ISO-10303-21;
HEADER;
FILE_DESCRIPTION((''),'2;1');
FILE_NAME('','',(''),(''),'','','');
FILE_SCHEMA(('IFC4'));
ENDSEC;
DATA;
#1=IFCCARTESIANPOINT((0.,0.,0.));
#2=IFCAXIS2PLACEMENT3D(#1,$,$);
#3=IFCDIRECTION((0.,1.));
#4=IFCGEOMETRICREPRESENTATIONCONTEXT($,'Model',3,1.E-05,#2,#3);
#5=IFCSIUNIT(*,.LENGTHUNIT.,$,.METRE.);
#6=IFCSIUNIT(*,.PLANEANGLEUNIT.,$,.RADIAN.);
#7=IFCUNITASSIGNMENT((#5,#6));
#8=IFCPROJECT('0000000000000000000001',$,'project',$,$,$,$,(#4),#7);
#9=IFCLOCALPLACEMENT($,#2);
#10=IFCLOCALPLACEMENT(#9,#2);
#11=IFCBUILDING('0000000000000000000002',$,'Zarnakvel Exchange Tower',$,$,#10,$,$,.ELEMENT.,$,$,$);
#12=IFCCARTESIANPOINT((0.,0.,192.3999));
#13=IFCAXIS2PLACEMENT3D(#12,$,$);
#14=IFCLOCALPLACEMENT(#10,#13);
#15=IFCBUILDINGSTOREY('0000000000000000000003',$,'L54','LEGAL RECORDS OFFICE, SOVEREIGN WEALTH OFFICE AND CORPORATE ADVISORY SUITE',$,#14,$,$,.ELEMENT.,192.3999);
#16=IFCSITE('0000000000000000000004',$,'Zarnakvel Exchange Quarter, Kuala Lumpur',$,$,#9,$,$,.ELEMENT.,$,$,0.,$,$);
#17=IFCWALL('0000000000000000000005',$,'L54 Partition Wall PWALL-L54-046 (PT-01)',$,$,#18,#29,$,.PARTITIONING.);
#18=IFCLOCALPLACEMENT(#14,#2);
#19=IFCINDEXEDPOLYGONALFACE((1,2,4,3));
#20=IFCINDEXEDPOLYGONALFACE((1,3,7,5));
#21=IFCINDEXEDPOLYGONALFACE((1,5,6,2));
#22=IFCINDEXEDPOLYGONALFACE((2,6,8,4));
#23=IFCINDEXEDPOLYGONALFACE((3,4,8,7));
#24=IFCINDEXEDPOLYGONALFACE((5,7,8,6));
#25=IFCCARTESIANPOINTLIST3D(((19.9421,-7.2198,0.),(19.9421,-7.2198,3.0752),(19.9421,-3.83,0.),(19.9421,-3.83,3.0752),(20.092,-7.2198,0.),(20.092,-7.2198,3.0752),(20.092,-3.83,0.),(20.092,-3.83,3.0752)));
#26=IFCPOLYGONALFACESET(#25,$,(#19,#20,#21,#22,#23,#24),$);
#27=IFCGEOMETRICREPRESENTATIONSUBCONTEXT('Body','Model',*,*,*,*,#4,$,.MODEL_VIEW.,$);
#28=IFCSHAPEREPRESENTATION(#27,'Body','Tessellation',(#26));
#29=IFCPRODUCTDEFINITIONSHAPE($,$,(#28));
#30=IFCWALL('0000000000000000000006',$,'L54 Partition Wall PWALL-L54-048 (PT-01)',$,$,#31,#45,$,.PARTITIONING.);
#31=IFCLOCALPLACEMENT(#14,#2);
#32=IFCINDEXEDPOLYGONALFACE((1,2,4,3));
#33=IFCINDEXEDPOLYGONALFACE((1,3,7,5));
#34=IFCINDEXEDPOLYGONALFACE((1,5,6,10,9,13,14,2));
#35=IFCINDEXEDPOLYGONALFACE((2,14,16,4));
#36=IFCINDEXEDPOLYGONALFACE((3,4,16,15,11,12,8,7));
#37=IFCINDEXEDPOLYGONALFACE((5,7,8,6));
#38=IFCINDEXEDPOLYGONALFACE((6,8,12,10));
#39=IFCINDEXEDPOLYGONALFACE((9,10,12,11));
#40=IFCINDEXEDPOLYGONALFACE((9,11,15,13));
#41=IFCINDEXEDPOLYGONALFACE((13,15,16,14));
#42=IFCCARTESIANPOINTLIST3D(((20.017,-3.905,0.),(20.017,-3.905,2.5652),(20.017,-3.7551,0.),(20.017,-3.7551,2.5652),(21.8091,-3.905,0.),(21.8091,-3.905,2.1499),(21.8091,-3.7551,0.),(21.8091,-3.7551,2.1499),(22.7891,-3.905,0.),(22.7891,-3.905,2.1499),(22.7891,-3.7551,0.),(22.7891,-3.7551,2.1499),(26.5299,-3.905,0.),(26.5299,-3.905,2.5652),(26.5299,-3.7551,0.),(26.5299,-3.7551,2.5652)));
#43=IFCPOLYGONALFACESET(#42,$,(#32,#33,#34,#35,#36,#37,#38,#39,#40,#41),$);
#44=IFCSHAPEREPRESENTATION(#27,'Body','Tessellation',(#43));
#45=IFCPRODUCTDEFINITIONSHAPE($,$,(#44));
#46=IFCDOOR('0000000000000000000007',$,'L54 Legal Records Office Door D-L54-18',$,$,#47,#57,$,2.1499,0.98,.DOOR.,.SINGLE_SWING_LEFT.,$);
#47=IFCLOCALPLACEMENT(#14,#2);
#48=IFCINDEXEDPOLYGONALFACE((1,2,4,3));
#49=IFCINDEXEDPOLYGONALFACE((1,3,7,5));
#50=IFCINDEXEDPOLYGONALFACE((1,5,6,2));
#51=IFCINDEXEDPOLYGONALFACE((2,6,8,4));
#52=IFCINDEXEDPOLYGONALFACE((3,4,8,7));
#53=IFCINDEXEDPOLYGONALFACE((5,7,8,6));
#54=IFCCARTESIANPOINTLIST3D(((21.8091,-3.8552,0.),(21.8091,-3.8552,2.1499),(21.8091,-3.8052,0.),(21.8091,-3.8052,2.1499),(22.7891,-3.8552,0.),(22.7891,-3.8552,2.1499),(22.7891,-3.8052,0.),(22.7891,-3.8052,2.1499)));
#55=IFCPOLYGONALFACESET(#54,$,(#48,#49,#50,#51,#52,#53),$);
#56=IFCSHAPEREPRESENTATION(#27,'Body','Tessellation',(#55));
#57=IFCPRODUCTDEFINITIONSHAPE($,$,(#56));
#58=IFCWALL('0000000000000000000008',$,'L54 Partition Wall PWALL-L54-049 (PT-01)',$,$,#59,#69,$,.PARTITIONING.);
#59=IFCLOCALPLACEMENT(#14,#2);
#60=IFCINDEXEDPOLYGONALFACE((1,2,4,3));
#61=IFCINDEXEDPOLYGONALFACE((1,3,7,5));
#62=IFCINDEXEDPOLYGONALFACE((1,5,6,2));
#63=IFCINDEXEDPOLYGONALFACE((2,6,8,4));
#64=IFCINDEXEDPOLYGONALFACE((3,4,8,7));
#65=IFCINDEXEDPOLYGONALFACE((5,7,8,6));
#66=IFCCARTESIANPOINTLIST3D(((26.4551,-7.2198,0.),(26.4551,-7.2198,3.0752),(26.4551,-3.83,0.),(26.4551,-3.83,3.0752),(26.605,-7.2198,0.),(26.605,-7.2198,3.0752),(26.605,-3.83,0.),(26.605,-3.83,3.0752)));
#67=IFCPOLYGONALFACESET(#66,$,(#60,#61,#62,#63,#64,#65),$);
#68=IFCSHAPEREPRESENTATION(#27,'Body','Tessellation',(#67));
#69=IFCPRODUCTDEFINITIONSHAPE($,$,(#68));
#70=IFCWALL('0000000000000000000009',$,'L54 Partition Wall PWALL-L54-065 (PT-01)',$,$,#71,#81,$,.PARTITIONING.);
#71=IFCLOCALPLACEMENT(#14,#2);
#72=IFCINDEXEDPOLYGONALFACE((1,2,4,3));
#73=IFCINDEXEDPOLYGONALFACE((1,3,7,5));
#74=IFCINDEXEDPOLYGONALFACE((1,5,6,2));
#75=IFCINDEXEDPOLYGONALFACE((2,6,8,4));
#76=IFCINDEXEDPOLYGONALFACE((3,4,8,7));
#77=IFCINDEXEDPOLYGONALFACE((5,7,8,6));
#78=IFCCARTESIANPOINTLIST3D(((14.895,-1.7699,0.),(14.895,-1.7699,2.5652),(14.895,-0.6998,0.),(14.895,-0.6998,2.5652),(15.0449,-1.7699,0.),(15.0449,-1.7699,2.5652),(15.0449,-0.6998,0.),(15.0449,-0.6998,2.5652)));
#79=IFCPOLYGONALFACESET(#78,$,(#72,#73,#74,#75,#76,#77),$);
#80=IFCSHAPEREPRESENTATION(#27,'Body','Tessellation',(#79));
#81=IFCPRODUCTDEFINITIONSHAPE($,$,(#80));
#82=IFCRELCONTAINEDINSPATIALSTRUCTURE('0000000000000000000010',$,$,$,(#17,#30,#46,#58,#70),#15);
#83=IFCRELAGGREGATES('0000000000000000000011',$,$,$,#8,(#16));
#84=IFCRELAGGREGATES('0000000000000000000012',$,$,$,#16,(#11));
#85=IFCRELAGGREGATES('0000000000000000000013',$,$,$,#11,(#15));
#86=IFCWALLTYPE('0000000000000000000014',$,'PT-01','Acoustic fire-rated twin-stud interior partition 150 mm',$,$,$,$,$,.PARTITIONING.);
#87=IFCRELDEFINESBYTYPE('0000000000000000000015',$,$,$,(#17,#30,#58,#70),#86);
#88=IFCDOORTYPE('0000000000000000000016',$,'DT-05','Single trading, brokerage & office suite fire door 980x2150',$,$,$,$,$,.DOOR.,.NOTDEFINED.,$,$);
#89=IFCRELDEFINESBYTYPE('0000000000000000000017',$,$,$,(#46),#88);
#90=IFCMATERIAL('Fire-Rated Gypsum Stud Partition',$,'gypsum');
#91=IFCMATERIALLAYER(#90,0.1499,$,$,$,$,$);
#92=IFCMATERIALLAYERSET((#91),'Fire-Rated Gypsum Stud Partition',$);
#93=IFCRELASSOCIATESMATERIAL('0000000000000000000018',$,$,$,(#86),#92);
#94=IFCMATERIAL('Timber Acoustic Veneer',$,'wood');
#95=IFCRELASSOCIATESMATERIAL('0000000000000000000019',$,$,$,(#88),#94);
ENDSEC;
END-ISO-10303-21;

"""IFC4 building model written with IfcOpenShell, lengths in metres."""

from ifc_helpers import new_model, si_unit, direction, frame, frame_2d, origin, place, context, subcontext, project, spatial, rectangle, extrude, source, transform, mapped, material, layer, layer_set, type_object, element, fill, save


model = new_model("IFC4")

# Units and contexts
model_context = context("Model", 3, precision=1e-05, world=origin(), true_north=direction((0.0, 1.0)))
body_context = subcontext(model_context, "Body", "Model", "MODEL_VIEW")
ifc_project = project(units=[si_unit("LENGTHUNIT", "METRE"), si_unit("PLANEANGLEUNIT", "RADIAN")], contexts=[model_context])

# Site, building, storey
site_placement = place(None, origin())
site = spatial("IfcSite", under=ifc_project, at=site_placement, Name="Zarnakvel Exchange Quarter, Kuala Lumpur", CompositionType="ELEMENT", RefElevation=0.0)
building_placement = place(site_placement, origin())
building = spatial("IfcBuilding", under=site, at=building_placement, Name="Zarnakvel Exchange Tower", CompositionType="ELEMENT")
storey_placement = place(building_placement, frame((0.0, 0.0, 192.3999)))
storey = spatial("IfcBuildingStorey", under=building, at=storey_placement, Name="L54", Description="LEGAL RECORDS OFFICE, SOVEREIGN WEALTH OFFICE AND CORPORATE ADVISORY SUITE", CompositionType="ELEMENT", Elevation=192.3999)

# Shared definitions
ifc_material_1 = material(Name="Fire-Rated Gypsum Stud Partition", Category="gypsum")
ifc_layer_1 = layer(ifc_material_1, 0.1499)
ifc_layer_set_1 = layer_set([ifc_layer_1], Name="Fire-Rated Gypsum Stud Partition")
wall_type_1 = type_object("IfcWallType", Name="PT-01", Description="Acoustic fire-rated twin-stud interior partition 150 mm", PredefinedType="PARTITIONING", material=ifc_layer_set_1)

# Shared definitions
ifc_material_2 = material(Name="Timber Acoustic Veneer", Category="wood")
door_type_1 = type_object("IfcDoorType", Name="DT-05", Description="Single trading, brokerage & office suite fire door 980x2150", OperationType="NOTDEFINED", PredefinedType="DOOR", material=ifc_material_2)
shared_shape_1 = source(origin(), body_context, "Body", "SweptSolid", [
    extrude(rectangle(XDim=0.98, YDim=2.1499, at=frame_2d((0.49, 1.075))), frame((0.0, 0.0249, 0.0), z_axis=(0.0, -1.0, 0.0), x_axis=(1.0, 0.0, 0.0)), (0.0, 0.0, 1.0), 0.05),
])

# Wall
wall_1_placement = place(storey_placement, frame((20.0171, -3.8301, 0.0), z_axis=(0.0, 0.0, 1.0), x_axis=(0.0, -1.0, 0.0)))
element("IfcWall", 1, at=wall_1_placement, inside=storey, type_object=wall_type_1, Name="L54 Partition Wall PWALL-L54-046 (PT-01)", PredefinedType="PARTITIONING", context=body_context, shape_type="SweptSolid", body=[
    extrude(rectangle(XDim=3.3899, YDim=0.1499, at=frame_2d((1.6948, 0.0))), origin(), (0.0, 0.0, 1.0), 3.0752),
])

# Wall, opening, door
wall_2_placement = place(storey_placement, frame((20.0171, -3.8301, 0.0), z_axis=(0.0, 0.0, 1.0), x_axis=(1.0, 0.0, 0.0)))
wall_2 = element("IfcWall", 2, at=wall_2_placement, inside=storey, type_object=wall_type_1, Name="L54 Partition Wall PWALL-L54-048 (PT-01)", PredefinedType="PARTITIONING", context=body_context, shape_type="SweptSolid", body=[
    extrude(rectangle(XDim=6.5129, YDim=0.1499, at=frame_2d((3.2563, 0.0))), origin(), (0.0, 0.0, 1.0), 2.5652),
])
opening_1_placement = place(wall_2_placement, frame((1.792, 0.0, 0.0)))
opening_1 = element("IfcOpeningElement", 3, at=opening_1_placement, cuts=wall_2, PredefinedType="OPENING", context=body_context, shape_type="SweptSolid", body=[
    extrude(rectangle(XDim=0.98, YDim=2.1499, at=frame_2d((0.49, 1.075))), frame((0.0, 0.085, 0.0), z_axis=(0.0, -1.0, 0.0), x_axis=(1.0, 0.0, 0.0)), (0.0, 0.0, 1.0), 0.1699),
])
door_1_placement = place(opening_1_placement, origin())
door_1 = element("IfcDoor", 4, at=door_1_placement, inside=storey, type_object=door_type_1, Name="L54 Legal Records Office Door D-L54-18", OperationType="SINGLE_SWING_LEFT", OverallHeight=2.1499, OverallWidth=0.98, PredefinedType="DOOR", context=body_context, shape_type="MappedRepresentation", body=[
    mapped(shared_shape_1, transform((0.0, 0.0, 0.0), x_axis=(1.0, 0.0, 0.0), y_axis=(0.0, 1.0, 0.0), z_axis=(0.0, 0.0, 1.0), scale=1.0)),
])
fill(opening_1, door_1)

# Wall
wall_3_placement = place(storey_placement, frame((26.53, -3.8301, 0.0), z_axis=(0.0, 0.0, 1.0), x_axis=(0.0, -1.0, 0.0)))
element("IfcWall", 5, at=wall_3_placement, inside=storey, type_object=wall_type_1, Name="L54 Partition Wall PWALL-L54-049 (PT-01)", PredefinedType="PARTITIONING", context=body_context, shape_type="SweptSolid", body=[
    extrude(rectangle(XDim=3.3899, YDim=0.1499, at=frame_2d((1.6948, 0.0))), origin(), (0.0, 0.0, 1.0), 3.0752),
])

# Wall
wall_4_placement = place(storey_placement, frame((14.97, -1.77, 0.0), z_axis=(0.0, 0.0, 1.0), x_axis=(0.0, 1.0, 0.0)))
element("IfcWall", 6, at=wall_4_placement, inside=storey, type_object=wall_type_1, Name="L54 Partition Wall PWALL-L54-065 (PT-01)", PredefinedType="PARTITIONING", context=body_context, shape_type="SweptSolid", body=[
    extrude(rectangle(XDim=1.0701, YDim=0.1499, at=frame_2d((0.5352, 0.0))), origin(), (0.0, 0.0, 1.0), 2.5652),
])

save(model, "model.ifc")
